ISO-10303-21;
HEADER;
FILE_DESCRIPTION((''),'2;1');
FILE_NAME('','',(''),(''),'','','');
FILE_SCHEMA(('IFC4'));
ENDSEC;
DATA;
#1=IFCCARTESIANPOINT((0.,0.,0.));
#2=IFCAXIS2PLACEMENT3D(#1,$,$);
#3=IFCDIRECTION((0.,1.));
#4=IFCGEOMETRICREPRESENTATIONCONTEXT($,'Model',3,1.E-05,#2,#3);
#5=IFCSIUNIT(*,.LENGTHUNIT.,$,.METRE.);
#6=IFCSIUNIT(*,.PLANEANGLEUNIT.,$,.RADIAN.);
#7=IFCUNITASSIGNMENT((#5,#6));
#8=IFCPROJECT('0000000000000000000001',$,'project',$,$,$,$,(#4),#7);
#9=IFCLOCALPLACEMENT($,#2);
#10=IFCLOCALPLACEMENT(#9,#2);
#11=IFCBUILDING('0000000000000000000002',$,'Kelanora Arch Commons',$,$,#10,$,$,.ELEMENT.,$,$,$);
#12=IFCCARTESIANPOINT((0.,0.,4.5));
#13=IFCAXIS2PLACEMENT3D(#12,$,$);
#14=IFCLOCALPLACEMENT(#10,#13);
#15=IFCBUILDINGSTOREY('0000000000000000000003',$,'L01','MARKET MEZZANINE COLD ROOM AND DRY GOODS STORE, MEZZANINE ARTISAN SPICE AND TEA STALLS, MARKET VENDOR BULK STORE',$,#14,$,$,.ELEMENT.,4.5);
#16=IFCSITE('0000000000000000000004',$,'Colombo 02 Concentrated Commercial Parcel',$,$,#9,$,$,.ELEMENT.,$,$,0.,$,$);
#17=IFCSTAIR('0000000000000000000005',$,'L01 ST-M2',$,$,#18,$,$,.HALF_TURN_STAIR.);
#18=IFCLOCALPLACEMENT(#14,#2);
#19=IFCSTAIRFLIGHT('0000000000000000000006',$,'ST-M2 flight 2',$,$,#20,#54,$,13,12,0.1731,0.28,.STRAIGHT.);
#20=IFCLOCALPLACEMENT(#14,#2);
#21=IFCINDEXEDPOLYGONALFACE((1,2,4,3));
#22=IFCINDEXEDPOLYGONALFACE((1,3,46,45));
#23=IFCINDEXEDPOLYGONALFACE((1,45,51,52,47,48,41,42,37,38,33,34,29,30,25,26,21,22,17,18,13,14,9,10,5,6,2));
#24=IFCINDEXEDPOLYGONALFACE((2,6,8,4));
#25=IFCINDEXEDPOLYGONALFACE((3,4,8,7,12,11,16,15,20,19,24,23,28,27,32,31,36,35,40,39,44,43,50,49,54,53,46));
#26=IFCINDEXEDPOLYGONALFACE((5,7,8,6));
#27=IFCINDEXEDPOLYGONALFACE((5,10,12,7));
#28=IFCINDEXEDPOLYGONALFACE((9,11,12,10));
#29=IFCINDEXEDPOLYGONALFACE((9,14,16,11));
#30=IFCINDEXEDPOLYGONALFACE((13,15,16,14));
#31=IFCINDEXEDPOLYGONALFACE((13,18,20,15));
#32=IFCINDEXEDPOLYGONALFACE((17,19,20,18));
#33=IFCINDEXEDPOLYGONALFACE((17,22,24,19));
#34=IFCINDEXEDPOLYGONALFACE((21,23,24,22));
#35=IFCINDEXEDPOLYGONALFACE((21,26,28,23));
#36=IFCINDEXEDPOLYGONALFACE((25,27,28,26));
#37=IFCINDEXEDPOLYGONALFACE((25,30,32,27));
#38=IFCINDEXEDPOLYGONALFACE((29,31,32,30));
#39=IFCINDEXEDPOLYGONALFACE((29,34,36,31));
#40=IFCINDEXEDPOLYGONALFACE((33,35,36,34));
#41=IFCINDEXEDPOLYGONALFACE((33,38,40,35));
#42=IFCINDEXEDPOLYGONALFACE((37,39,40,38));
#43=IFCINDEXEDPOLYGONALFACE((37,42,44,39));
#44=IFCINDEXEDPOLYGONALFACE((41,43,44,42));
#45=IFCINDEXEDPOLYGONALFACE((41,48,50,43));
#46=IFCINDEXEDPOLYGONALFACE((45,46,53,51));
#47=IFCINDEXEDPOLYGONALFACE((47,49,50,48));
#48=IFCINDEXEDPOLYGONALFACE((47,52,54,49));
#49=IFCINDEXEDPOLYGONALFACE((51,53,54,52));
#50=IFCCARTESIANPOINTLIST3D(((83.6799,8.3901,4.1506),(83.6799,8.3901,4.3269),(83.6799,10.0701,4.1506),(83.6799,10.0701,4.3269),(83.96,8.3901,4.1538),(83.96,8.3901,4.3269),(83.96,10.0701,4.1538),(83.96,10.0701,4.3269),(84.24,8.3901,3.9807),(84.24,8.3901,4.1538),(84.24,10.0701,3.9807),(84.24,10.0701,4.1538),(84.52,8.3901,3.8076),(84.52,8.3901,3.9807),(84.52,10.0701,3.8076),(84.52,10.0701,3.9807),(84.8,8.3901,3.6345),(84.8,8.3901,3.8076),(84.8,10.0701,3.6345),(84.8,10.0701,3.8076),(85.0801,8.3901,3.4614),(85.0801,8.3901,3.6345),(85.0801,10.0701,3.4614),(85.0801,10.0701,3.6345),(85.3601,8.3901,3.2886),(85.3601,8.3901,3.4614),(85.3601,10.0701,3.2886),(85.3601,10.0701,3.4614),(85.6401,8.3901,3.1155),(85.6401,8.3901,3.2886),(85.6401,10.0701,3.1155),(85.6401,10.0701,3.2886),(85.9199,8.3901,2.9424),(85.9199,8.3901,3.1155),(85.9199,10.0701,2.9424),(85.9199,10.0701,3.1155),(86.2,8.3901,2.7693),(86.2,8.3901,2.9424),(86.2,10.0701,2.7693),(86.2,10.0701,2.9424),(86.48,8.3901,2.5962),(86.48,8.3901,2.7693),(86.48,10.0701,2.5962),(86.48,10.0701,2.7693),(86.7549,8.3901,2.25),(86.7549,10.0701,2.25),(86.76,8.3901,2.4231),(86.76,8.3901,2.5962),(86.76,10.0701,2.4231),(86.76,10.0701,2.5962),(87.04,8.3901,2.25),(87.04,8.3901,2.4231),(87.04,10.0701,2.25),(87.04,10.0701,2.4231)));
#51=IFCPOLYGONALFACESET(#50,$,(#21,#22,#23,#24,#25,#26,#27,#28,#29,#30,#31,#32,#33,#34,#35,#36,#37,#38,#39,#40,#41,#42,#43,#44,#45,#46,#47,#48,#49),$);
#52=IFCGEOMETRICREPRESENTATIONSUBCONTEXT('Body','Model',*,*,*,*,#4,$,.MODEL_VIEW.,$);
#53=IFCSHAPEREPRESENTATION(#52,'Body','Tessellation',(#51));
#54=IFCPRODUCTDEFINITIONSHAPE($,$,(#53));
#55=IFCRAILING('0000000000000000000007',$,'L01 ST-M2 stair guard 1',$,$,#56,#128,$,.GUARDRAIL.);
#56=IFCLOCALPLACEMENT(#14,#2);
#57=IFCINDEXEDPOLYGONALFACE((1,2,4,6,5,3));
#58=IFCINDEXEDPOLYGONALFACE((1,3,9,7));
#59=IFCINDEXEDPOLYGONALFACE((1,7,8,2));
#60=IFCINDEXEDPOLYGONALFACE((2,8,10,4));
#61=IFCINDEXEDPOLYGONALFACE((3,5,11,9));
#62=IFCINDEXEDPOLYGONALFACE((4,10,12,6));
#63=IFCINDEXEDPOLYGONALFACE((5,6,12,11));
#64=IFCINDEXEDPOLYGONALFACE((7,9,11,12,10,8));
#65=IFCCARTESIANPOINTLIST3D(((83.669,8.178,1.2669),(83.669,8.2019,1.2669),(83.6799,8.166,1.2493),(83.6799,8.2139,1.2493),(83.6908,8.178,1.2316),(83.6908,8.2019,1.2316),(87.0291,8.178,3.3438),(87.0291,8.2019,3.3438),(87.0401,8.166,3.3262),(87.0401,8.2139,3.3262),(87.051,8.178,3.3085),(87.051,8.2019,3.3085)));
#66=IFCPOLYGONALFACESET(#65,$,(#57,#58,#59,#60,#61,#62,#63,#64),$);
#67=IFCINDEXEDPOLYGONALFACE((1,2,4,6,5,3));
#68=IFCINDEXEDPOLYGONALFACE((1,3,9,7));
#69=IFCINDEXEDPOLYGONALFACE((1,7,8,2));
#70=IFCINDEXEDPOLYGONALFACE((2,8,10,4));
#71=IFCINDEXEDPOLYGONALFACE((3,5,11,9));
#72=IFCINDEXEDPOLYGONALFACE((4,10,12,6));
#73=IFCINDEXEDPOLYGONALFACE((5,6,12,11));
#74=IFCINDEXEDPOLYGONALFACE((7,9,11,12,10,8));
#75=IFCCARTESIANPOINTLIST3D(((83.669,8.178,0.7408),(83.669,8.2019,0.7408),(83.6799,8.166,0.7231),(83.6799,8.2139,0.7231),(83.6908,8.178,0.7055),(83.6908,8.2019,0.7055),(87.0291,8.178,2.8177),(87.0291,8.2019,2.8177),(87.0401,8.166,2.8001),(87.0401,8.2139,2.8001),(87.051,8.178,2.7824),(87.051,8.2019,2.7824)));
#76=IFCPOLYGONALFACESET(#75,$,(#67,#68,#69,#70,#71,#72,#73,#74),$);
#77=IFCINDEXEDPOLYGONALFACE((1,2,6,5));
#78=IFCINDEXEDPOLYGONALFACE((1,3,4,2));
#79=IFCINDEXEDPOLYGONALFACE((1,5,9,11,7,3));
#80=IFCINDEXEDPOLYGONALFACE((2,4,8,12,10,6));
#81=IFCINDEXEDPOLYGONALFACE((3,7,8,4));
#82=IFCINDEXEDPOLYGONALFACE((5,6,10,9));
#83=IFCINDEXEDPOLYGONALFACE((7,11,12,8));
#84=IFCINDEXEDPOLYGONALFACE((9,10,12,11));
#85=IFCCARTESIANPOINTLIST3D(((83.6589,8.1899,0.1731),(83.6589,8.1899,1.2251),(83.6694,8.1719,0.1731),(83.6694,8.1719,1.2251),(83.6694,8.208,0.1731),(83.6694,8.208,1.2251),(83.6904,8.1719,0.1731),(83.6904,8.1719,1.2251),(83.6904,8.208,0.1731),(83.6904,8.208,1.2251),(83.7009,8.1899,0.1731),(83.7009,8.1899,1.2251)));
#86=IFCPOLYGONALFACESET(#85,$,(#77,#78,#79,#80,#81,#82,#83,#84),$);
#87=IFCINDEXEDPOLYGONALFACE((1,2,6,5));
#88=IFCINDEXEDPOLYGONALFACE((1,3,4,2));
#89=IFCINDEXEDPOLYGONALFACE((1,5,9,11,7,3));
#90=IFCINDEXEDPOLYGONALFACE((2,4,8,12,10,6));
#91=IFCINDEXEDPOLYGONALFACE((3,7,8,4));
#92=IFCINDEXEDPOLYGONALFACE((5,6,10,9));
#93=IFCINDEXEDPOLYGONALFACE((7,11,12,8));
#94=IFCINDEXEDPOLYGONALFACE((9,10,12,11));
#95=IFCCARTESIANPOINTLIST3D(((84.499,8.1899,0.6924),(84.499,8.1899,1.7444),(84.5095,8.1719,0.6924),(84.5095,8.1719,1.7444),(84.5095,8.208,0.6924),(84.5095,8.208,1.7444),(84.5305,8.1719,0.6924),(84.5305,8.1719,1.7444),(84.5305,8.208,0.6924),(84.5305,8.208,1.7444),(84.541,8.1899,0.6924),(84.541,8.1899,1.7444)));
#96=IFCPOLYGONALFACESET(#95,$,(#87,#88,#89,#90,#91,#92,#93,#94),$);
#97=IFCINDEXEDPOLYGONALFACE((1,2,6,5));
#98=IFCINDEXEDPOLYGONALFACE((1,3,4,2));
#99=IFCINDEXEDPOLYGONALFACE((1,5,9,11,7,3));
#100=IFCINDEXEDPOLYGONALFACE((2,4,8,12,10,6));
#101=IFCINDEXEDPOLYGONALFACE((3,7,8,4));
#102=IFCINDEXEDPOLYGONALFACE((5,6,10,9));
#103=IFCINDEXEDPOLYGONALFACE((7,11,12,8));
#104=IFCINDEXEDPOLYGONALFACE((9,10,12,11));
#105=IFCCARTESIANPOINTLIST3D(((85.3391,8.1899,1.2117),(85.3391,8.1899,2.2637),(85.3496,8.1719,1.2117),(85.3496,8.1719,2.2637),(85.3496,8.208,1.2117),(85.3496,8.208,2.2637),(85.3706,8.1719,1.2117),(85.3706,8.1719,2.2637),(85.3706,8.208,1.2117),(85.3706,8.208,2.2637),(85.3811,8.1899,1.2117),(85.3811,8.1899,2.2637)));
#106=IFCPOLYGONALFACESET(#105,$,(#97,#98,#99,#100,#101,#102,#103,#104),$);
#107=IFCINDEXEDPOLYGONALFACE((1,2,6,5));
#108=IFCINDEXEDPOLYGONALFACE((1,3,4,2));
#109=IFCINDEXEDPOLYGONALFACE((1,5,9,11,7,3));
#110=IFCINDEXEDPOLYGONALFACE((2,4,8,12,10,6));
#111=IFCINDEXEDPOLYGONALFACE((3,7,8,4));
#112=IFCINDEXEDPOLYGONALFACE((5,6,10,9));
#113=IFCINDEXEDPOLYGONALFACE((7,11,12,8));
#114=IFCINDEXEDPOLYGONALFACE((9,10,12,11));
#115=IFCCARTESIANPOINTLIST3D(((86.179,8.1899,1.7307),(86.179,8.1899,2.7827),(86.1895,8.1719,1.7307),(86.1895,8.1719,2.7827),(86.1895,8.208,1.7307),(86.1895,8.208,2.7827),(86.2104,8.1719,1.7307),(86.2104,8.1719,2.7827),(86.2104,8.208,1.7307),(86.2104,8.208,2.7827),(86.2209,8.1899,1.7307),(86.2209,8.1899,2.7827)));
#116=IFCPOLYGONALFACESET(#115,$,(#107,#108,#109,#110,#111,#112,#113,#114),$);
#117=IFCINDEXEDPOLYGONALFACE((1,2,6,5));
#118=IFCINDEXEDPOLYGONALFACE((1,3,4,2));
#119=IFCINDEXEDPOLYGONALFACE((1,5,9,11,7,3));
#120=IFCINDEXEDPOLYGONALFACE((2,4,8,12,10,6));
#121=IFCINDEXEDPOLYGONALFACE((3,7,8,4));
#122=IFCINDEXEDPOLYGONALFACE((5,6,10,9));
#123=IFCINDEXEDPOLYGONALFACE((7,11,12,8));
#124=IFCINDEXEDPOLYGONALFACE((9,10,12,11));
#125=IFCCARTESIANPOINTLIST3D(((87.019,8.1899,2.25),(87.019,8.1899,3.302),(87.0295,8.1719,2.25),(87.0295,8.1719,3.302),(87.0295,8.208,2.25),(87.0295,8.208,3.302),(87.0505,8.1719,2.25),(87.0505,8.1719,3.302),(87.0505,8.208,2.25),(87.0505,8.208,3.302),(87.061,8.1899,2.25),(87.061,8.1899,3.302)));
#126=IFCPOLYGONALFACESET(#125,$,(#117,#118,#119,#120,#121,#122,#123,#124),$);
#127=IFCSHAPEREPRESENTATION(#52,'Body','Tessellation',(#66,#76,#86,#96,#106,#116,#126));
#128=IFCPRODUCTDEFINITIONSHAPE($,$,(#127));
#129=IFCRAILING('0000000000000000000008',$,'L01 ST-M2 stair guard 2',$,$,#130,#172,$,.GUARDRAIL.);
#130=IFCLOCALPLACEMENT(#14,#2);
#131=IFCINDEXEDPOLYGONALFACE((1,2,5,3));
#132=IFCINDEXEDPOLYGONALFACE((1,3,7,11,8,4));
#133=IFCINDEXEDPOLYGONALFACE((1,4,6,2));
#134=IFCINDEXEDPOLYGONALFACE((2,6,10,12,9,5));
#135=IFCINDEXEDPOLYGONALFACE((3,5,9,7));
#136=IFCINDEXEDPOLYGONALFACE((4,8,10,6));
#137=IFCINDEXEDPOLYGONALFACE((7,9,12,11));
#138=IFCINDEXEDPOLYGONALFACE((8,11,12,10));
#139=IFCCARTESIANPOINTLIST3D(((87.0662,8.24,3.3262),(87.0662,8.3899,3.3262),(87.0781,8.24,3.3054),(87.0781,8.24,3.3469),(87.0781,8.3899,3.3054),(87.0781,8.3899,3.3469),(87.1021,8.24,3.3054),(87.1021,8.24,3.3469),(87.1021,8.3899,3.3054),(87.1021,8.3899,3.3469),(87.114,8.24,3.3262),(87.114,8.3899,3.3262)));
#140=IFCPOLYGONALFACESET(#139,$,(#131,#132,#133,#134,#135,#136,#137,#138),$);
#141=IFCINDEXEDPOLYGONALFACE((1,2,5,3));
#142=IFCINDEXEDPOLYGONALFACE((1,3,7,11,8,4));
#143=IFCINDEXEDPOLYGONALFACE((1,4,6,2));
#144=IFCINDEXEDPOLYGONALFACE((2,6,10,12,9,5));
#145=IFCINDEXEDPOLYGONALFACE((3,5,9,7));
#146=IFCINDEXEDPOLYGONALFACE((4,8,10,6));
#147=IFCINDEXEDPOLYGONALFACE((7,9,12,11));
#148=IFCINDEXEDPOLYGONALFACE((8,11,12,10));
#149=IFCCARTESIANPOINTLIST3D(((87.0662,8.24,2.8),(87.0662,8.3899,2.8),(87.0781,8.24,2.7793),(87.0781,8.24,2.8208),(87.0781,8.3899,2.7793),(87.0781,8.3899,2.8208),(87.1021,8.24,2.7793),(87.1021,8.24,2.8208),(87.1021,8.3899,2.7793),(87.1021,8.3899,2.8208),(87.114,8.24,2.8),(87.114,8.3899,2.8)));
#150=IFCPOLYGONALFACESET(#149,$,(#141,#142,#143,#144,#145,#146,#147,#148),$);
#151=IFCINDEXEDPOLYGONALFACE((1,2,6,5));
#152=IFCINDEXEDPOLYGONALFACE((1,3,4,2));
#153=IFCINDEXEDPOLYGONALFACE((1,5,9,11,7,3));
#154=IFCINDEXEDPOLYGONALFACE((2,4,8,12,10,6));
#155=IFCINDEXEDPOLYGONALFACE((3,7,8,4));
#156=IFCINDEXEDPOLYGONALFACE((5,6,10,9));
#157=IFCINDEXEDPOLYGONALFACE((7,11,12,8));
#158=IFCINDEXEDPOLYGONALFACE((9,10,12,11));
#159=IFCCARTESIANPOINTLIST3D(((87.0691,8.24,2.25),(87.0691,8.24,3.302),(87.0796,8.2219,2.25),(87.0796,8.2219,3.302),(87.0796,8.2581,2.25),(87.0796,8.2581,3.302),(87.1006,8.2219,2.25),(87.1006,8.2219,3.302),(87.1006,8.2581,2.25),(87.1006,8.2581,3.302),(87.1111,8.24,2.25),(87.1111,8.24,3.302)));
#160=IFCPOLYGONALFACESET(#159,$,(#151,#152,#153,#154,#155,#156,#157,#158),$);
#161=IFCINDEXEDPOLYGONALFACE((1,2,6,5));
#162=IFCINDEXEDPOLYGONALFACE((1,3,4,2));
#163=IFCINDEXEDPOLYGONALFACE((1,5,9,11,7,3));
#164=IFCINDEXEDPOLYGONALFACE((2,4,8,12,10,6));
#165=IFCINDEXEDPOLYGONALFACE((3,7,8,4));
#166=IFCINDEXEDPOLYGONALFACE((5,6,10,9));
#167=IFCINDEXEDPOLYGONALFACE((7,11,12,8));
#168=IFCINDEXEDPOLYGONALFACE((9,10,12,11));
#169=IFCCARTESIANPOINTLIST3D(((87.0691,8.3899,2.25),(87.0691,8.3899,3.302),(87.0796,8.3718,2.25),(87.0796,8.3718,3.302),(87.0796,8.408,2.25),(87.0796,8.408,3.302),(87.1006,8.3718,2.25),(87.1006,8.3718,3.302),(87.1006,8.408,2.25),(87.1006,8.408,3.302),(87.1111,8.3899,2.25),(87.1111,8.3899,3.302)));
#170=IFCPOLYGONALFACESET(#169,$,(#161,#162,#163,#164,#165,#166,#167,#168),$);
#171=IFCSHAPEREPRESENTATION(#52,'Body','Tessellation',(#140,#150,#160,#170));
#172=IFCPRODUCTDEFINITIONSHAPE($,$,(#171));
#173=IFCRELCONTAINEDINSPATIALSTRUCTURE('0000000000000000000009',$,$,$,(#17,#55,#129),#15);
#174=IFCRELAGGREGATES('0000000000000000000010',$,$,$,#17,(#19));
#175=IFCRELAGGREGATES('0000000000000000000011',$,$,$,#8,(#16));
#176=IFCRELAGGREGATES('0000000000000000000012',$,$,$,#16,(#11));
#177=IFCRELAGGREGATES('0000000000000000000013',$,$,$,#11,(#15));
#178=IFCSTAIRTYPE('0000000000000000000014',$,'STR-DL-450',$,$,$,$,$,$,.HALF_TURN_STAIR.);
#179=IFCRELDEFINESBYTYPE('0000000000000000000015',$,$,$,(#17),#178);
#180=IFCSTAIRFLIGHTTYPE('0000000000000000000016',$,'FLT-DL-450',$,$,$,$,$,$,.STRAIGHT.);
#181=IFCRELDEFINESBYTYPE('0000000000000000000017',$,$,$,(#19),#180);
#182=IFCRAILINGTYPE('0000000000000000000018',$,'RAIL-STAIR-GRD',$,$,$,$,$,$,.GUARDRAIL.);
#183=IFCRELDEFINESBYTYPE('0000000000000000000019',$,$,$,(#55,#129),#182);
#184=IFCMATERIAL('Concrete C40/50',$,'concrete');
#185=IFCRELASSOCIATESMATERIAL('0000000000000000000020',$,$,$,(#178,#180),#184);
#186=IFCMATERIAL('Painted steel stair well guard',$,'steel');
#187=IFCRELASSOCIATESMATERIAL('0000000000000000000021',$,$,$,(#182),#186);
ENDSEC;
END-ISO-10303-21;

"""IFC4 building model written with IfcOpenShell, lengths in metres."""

from ifc_helpers import new_model, si_unit, direction, frame, origin, place, context, subcontext, project, spatial, polyline, outline, extrude, material, type_object, element, aggregate, save


model = new_model("IFC4")

# Units and contexts
model_context = context("Model", 3, precision=1e-05, world=origin(), true_north=direction((0.0, 1.0)))
body_context = subcontext(model_context, "Body", "Model", "MODEL_VIEW")
ifc_project = project(units=[si_unit("LENGTHUNIT", "METRE"), si_unit("PLANEANGLEUNIT", "RADIAN")], contexts=[model_context])

# Site, building, storey
site_placement = place(None, origin())
site = spatial("IfcSite", under=ifc_project, at=site_placement, Name="Colombo 02 Concentrated Commercial Parcel", CompositionType="ELEMENT", RefElevation=0.0)
building_placement = place(site_placement, origin())
building = spatial("IfcBuilding", under=site, at=building_placement, Name="Kelanora Arch Commons", CompositionType="ELEMENT")
storey_placement = place(building_placement, frame((0.0, 0.0, 4.5)))
storey = spatial("IfcBuildingStorey", under=building, at=storey_placement, Name="L01", Description="MARKET MEZZANINE COLD ROOM AND DRY GOODS STORE, MEZZANINE ARTISAN SPICE AND TEA STALLS, MARKET VENDOR BULK STORE", CompositionType="ELEMENT", Elevation=4.5)

# Shared definitions
ifc_material_1 = material(Name="Concrete C40/50", Category="concrete")

# Stair, stair flight
stair_type = type_object("IfcStairType", Name="STR-DL-450", PredefinedType="HALF_TURN_STAIR", material=ifc_material_1)
stair_placement = place(storey_placement, origin())
stair = element("IfcStair", 1, at=stair_placement, inside=storey, type_object=stair_type, Name="L01 ST-M2", PredefinedType="HALF_TURN_STAIR")
stair_flight_type = type_object("IfcStairFlightType", Name="FLT-DL-450", PredefinedType="STRAIGHT", material=ifc_material_1)
stair_flight_1_placement = place(storey_placement, frame((87.04, 9.23, 2.25), z_axis=(0.0, 0.0, 1.0), x_axis=(-1.0, 0.0, 0.0)))
stair_flight_1 = element("IfcStairFlight", 2, at=stair_flight_1_placement, type_object=stair_flight_type, Name="ST-M2 flight 2", NumberOfRisers=13, NumberOfTreads=12, PredefinedType="STRAIGHT", RiserHeight=0.1731, TreadLength=0.28, context=body_context, shape_type="SweptSolid", body=[
    extrude(outline(polyline([(0.0, 0.0), (0.0, 0.1731), (0.28, 0.1731), (0.28, 0.3462), (0.5601, 0.3462), (0.5601, 0.5193), (0.8401, 0.5193), (0.8401, 0.6924), (1.1201, 0.6924), (1.1201, 0.8655), (1.3999, 0.8655), (1.3999, 1.0386), (1.6799, 1.0386), (1.6799, 1.2114), (1.96, 1.2114), (1.96, 1.3845), (2.24, 1.3845), (2.24, 1.5576), (2.52, 1.5576), (2.52, 1.7307), (2.8, 1.7307), (2.8, 1.9038), (3.0801, 1.9038), (3.0801, 2.0769), (3.3601, 2.0769), (3.3601, 2.25), (3.3601, 1.9006), (0.2852, 0.0), (0.0, 0.0)])), frame((0.0, 0.8398, 0.0), z_axis=(0.0, -1.0, 0.0), x_axis=(1.0, 0.0, 0.0)), (0.0, 0.0, 1.0), 1.6799),
])
aggregate(stair, [stair_flight_1])

# Railings
ifc_material_2 = material(Name="Painted steel stair well guard", Category="steel")
railing_type_1 = type_object("IfcRailingType", Name="RAIL-STAIR-GRD", PredefinedType="GUARDRAIL", material=ifc_material_2)
railing_1_placement = place(storey_placement, frame((83.6799, 8.1899, 0.1731)))
element("IfcRailing", 3, at=railing_1_placement, inside=storey, type_object=railing_type_1, Name="L01 ST-M2 stair guard 1", PredefinedType="GUARDRAIL", context=body_context, shape_type="SweptSolid", body=[
    extrude(outline(polyline([(0.0239, 0.0), (0.012, 0.0208), (-0.012, 0.0208), (-0.0239, 0.0), (-0.012, -0.0208), (0.012, -0.0208), (0.0239, 0.0)])), frame((0.0, 0.0, 1.0762), z_axis=(0.850623, 0.0, 0.525776), x_axis=(0.0, 1.0, 0.0)), (0.0, 0.0, 1.0), 3.9502),
    extrude(outline(polyline([(0.0239, 0.0), (0.012, 0.0208), (-0.012, 0.0208), (-0.0239, 0.0), (-0.012, -0.0208), (0.012, -0.0208), (0.0239, 0.0)])), frame((0.0, 0.0, 0.55), z_axis=(0.850623, 0.0, 0.525776), x_axis=(0.0, 1.0, 0.0)), (0.0, 0.0, 1.0), 3.9502),
    extrude(outline(polyline([(0.021, 0.0), (0.0105, 0.0181), (-0.0105, 0.0181), (-0.021, 0.0), (-0.0105, -0.0181), (0.0105, -0.0181), (0.021, 0.0)])), origin(), (0.0, 0.0, 1.0), 1.052),
    extrude(outline(polyline([(0.021, 0.0), (0.0105, 0.0181), (-0.0105, 0.0181), (-0.021, 0.0), (-0.0105, -0.0181), (0.0105, -0.0181), (0.021, 0.0)])), frame((0.8401, 0.0, 0.5193)), (0.0, 0.0, 1.0), 1.052),
    extrude(outline(polyline([(0.021, 0.0), (0.0105, 0.0181), (-0.0105, 0.0181), (-0.021, 0.0), (-0.0105, -0.0181), (0.0105, -0.0181), (0.021, 0.0)])), frame((1.6802, 0.0, 1.0386)), (0.0, 0.0, 1.0), 1.052),
    extrude(outline(polyline([(0.021, 0.0), (0.0105, 0.0181), (-0.0105, 0.0181), (-0.021, 0.0), (-0.0105, -0.0181), (0.0105, -0.0181), (0.021, 0.0)])), frame((2.52, 0.0, 1.5576)), (0.0, 0.0, 1.0), 1.052),
    extrude(outline(polyline([(0.021, 0.0), (0.0105, 0.0181), (-0.0105, 0.0181), (-0.021, 0.0), (-0.0105, -0.0181), (0.0105, -0.0181), (0.021, 0.0)])), frame((3.3601, 0.0, 2.0769)), (0.0, 0.0, 1.0), 1.052),
])
railing_2_placement = place(storey_placement, frame((87.0901, 8.24, 2.25)))
element("IfcRailing", 4, at=railing_2_placement, inside=storey, type_object=railing_type_1, Name="L01 ST-M2 stair guard 2", PredefinedType="GUARDRAIL", context=body_context, shape_type="SweptSolid", body=[
    extrude(outline(polyline([(0.0239, 0.0), (0.012, 0.0208), (-0.012, 0.0208), (-0.0239, 0.0), (-0.012, -0.0208), (0.012, -0.0208), (0.0239, 0.0)])), frame((0.0, 0.0, 1.0762), z_axis=(0.0, 1.0, 0.0), x_axis=(-1.0, 0.0, 0.0)), (0.0, 0.0, 1.0), 0.1499),
    extrude(outline(polyline([(0.0239, 0.0), (0.012, 0.0208), (-0.012, 0.0208), (-0.0239, 0.0), (-0.012, -0.0208), (0.012, -0.0208), (0.0239, 0.0)])), frame((0.0, 0.0, 0.55), z_axis=(0.0, 1.0, 0.0), x_axis=(-1.0, 0.0, 0.0)), (0.0, 0.0, 1.0), 0.1499),
    extrude(outline(polyline([(0.021, 0.0), (0.0105, 0.0181), (-0.0105, 0.0181), (-0.021, 0.0), (-0.0105, -0.0181), (0.0105, -0.0181), (0.021, 0.0)])), origin(), (0.0, 0.0, 1.0), 1.052),
    extrude(outline(polyline([(0.021, 0.0), (0.0105, 0.0181), (-0.0105, 0.0181), (-0.021, 0.0), (-0.0105, -0.0181), (0.0105, -0.0181), (0.021, 0.0)])), frame((0.0, 0.1499, 0.0)), (0.0, 0.0, 1.0), 1.052),
])

save(model, "model.ifc")
